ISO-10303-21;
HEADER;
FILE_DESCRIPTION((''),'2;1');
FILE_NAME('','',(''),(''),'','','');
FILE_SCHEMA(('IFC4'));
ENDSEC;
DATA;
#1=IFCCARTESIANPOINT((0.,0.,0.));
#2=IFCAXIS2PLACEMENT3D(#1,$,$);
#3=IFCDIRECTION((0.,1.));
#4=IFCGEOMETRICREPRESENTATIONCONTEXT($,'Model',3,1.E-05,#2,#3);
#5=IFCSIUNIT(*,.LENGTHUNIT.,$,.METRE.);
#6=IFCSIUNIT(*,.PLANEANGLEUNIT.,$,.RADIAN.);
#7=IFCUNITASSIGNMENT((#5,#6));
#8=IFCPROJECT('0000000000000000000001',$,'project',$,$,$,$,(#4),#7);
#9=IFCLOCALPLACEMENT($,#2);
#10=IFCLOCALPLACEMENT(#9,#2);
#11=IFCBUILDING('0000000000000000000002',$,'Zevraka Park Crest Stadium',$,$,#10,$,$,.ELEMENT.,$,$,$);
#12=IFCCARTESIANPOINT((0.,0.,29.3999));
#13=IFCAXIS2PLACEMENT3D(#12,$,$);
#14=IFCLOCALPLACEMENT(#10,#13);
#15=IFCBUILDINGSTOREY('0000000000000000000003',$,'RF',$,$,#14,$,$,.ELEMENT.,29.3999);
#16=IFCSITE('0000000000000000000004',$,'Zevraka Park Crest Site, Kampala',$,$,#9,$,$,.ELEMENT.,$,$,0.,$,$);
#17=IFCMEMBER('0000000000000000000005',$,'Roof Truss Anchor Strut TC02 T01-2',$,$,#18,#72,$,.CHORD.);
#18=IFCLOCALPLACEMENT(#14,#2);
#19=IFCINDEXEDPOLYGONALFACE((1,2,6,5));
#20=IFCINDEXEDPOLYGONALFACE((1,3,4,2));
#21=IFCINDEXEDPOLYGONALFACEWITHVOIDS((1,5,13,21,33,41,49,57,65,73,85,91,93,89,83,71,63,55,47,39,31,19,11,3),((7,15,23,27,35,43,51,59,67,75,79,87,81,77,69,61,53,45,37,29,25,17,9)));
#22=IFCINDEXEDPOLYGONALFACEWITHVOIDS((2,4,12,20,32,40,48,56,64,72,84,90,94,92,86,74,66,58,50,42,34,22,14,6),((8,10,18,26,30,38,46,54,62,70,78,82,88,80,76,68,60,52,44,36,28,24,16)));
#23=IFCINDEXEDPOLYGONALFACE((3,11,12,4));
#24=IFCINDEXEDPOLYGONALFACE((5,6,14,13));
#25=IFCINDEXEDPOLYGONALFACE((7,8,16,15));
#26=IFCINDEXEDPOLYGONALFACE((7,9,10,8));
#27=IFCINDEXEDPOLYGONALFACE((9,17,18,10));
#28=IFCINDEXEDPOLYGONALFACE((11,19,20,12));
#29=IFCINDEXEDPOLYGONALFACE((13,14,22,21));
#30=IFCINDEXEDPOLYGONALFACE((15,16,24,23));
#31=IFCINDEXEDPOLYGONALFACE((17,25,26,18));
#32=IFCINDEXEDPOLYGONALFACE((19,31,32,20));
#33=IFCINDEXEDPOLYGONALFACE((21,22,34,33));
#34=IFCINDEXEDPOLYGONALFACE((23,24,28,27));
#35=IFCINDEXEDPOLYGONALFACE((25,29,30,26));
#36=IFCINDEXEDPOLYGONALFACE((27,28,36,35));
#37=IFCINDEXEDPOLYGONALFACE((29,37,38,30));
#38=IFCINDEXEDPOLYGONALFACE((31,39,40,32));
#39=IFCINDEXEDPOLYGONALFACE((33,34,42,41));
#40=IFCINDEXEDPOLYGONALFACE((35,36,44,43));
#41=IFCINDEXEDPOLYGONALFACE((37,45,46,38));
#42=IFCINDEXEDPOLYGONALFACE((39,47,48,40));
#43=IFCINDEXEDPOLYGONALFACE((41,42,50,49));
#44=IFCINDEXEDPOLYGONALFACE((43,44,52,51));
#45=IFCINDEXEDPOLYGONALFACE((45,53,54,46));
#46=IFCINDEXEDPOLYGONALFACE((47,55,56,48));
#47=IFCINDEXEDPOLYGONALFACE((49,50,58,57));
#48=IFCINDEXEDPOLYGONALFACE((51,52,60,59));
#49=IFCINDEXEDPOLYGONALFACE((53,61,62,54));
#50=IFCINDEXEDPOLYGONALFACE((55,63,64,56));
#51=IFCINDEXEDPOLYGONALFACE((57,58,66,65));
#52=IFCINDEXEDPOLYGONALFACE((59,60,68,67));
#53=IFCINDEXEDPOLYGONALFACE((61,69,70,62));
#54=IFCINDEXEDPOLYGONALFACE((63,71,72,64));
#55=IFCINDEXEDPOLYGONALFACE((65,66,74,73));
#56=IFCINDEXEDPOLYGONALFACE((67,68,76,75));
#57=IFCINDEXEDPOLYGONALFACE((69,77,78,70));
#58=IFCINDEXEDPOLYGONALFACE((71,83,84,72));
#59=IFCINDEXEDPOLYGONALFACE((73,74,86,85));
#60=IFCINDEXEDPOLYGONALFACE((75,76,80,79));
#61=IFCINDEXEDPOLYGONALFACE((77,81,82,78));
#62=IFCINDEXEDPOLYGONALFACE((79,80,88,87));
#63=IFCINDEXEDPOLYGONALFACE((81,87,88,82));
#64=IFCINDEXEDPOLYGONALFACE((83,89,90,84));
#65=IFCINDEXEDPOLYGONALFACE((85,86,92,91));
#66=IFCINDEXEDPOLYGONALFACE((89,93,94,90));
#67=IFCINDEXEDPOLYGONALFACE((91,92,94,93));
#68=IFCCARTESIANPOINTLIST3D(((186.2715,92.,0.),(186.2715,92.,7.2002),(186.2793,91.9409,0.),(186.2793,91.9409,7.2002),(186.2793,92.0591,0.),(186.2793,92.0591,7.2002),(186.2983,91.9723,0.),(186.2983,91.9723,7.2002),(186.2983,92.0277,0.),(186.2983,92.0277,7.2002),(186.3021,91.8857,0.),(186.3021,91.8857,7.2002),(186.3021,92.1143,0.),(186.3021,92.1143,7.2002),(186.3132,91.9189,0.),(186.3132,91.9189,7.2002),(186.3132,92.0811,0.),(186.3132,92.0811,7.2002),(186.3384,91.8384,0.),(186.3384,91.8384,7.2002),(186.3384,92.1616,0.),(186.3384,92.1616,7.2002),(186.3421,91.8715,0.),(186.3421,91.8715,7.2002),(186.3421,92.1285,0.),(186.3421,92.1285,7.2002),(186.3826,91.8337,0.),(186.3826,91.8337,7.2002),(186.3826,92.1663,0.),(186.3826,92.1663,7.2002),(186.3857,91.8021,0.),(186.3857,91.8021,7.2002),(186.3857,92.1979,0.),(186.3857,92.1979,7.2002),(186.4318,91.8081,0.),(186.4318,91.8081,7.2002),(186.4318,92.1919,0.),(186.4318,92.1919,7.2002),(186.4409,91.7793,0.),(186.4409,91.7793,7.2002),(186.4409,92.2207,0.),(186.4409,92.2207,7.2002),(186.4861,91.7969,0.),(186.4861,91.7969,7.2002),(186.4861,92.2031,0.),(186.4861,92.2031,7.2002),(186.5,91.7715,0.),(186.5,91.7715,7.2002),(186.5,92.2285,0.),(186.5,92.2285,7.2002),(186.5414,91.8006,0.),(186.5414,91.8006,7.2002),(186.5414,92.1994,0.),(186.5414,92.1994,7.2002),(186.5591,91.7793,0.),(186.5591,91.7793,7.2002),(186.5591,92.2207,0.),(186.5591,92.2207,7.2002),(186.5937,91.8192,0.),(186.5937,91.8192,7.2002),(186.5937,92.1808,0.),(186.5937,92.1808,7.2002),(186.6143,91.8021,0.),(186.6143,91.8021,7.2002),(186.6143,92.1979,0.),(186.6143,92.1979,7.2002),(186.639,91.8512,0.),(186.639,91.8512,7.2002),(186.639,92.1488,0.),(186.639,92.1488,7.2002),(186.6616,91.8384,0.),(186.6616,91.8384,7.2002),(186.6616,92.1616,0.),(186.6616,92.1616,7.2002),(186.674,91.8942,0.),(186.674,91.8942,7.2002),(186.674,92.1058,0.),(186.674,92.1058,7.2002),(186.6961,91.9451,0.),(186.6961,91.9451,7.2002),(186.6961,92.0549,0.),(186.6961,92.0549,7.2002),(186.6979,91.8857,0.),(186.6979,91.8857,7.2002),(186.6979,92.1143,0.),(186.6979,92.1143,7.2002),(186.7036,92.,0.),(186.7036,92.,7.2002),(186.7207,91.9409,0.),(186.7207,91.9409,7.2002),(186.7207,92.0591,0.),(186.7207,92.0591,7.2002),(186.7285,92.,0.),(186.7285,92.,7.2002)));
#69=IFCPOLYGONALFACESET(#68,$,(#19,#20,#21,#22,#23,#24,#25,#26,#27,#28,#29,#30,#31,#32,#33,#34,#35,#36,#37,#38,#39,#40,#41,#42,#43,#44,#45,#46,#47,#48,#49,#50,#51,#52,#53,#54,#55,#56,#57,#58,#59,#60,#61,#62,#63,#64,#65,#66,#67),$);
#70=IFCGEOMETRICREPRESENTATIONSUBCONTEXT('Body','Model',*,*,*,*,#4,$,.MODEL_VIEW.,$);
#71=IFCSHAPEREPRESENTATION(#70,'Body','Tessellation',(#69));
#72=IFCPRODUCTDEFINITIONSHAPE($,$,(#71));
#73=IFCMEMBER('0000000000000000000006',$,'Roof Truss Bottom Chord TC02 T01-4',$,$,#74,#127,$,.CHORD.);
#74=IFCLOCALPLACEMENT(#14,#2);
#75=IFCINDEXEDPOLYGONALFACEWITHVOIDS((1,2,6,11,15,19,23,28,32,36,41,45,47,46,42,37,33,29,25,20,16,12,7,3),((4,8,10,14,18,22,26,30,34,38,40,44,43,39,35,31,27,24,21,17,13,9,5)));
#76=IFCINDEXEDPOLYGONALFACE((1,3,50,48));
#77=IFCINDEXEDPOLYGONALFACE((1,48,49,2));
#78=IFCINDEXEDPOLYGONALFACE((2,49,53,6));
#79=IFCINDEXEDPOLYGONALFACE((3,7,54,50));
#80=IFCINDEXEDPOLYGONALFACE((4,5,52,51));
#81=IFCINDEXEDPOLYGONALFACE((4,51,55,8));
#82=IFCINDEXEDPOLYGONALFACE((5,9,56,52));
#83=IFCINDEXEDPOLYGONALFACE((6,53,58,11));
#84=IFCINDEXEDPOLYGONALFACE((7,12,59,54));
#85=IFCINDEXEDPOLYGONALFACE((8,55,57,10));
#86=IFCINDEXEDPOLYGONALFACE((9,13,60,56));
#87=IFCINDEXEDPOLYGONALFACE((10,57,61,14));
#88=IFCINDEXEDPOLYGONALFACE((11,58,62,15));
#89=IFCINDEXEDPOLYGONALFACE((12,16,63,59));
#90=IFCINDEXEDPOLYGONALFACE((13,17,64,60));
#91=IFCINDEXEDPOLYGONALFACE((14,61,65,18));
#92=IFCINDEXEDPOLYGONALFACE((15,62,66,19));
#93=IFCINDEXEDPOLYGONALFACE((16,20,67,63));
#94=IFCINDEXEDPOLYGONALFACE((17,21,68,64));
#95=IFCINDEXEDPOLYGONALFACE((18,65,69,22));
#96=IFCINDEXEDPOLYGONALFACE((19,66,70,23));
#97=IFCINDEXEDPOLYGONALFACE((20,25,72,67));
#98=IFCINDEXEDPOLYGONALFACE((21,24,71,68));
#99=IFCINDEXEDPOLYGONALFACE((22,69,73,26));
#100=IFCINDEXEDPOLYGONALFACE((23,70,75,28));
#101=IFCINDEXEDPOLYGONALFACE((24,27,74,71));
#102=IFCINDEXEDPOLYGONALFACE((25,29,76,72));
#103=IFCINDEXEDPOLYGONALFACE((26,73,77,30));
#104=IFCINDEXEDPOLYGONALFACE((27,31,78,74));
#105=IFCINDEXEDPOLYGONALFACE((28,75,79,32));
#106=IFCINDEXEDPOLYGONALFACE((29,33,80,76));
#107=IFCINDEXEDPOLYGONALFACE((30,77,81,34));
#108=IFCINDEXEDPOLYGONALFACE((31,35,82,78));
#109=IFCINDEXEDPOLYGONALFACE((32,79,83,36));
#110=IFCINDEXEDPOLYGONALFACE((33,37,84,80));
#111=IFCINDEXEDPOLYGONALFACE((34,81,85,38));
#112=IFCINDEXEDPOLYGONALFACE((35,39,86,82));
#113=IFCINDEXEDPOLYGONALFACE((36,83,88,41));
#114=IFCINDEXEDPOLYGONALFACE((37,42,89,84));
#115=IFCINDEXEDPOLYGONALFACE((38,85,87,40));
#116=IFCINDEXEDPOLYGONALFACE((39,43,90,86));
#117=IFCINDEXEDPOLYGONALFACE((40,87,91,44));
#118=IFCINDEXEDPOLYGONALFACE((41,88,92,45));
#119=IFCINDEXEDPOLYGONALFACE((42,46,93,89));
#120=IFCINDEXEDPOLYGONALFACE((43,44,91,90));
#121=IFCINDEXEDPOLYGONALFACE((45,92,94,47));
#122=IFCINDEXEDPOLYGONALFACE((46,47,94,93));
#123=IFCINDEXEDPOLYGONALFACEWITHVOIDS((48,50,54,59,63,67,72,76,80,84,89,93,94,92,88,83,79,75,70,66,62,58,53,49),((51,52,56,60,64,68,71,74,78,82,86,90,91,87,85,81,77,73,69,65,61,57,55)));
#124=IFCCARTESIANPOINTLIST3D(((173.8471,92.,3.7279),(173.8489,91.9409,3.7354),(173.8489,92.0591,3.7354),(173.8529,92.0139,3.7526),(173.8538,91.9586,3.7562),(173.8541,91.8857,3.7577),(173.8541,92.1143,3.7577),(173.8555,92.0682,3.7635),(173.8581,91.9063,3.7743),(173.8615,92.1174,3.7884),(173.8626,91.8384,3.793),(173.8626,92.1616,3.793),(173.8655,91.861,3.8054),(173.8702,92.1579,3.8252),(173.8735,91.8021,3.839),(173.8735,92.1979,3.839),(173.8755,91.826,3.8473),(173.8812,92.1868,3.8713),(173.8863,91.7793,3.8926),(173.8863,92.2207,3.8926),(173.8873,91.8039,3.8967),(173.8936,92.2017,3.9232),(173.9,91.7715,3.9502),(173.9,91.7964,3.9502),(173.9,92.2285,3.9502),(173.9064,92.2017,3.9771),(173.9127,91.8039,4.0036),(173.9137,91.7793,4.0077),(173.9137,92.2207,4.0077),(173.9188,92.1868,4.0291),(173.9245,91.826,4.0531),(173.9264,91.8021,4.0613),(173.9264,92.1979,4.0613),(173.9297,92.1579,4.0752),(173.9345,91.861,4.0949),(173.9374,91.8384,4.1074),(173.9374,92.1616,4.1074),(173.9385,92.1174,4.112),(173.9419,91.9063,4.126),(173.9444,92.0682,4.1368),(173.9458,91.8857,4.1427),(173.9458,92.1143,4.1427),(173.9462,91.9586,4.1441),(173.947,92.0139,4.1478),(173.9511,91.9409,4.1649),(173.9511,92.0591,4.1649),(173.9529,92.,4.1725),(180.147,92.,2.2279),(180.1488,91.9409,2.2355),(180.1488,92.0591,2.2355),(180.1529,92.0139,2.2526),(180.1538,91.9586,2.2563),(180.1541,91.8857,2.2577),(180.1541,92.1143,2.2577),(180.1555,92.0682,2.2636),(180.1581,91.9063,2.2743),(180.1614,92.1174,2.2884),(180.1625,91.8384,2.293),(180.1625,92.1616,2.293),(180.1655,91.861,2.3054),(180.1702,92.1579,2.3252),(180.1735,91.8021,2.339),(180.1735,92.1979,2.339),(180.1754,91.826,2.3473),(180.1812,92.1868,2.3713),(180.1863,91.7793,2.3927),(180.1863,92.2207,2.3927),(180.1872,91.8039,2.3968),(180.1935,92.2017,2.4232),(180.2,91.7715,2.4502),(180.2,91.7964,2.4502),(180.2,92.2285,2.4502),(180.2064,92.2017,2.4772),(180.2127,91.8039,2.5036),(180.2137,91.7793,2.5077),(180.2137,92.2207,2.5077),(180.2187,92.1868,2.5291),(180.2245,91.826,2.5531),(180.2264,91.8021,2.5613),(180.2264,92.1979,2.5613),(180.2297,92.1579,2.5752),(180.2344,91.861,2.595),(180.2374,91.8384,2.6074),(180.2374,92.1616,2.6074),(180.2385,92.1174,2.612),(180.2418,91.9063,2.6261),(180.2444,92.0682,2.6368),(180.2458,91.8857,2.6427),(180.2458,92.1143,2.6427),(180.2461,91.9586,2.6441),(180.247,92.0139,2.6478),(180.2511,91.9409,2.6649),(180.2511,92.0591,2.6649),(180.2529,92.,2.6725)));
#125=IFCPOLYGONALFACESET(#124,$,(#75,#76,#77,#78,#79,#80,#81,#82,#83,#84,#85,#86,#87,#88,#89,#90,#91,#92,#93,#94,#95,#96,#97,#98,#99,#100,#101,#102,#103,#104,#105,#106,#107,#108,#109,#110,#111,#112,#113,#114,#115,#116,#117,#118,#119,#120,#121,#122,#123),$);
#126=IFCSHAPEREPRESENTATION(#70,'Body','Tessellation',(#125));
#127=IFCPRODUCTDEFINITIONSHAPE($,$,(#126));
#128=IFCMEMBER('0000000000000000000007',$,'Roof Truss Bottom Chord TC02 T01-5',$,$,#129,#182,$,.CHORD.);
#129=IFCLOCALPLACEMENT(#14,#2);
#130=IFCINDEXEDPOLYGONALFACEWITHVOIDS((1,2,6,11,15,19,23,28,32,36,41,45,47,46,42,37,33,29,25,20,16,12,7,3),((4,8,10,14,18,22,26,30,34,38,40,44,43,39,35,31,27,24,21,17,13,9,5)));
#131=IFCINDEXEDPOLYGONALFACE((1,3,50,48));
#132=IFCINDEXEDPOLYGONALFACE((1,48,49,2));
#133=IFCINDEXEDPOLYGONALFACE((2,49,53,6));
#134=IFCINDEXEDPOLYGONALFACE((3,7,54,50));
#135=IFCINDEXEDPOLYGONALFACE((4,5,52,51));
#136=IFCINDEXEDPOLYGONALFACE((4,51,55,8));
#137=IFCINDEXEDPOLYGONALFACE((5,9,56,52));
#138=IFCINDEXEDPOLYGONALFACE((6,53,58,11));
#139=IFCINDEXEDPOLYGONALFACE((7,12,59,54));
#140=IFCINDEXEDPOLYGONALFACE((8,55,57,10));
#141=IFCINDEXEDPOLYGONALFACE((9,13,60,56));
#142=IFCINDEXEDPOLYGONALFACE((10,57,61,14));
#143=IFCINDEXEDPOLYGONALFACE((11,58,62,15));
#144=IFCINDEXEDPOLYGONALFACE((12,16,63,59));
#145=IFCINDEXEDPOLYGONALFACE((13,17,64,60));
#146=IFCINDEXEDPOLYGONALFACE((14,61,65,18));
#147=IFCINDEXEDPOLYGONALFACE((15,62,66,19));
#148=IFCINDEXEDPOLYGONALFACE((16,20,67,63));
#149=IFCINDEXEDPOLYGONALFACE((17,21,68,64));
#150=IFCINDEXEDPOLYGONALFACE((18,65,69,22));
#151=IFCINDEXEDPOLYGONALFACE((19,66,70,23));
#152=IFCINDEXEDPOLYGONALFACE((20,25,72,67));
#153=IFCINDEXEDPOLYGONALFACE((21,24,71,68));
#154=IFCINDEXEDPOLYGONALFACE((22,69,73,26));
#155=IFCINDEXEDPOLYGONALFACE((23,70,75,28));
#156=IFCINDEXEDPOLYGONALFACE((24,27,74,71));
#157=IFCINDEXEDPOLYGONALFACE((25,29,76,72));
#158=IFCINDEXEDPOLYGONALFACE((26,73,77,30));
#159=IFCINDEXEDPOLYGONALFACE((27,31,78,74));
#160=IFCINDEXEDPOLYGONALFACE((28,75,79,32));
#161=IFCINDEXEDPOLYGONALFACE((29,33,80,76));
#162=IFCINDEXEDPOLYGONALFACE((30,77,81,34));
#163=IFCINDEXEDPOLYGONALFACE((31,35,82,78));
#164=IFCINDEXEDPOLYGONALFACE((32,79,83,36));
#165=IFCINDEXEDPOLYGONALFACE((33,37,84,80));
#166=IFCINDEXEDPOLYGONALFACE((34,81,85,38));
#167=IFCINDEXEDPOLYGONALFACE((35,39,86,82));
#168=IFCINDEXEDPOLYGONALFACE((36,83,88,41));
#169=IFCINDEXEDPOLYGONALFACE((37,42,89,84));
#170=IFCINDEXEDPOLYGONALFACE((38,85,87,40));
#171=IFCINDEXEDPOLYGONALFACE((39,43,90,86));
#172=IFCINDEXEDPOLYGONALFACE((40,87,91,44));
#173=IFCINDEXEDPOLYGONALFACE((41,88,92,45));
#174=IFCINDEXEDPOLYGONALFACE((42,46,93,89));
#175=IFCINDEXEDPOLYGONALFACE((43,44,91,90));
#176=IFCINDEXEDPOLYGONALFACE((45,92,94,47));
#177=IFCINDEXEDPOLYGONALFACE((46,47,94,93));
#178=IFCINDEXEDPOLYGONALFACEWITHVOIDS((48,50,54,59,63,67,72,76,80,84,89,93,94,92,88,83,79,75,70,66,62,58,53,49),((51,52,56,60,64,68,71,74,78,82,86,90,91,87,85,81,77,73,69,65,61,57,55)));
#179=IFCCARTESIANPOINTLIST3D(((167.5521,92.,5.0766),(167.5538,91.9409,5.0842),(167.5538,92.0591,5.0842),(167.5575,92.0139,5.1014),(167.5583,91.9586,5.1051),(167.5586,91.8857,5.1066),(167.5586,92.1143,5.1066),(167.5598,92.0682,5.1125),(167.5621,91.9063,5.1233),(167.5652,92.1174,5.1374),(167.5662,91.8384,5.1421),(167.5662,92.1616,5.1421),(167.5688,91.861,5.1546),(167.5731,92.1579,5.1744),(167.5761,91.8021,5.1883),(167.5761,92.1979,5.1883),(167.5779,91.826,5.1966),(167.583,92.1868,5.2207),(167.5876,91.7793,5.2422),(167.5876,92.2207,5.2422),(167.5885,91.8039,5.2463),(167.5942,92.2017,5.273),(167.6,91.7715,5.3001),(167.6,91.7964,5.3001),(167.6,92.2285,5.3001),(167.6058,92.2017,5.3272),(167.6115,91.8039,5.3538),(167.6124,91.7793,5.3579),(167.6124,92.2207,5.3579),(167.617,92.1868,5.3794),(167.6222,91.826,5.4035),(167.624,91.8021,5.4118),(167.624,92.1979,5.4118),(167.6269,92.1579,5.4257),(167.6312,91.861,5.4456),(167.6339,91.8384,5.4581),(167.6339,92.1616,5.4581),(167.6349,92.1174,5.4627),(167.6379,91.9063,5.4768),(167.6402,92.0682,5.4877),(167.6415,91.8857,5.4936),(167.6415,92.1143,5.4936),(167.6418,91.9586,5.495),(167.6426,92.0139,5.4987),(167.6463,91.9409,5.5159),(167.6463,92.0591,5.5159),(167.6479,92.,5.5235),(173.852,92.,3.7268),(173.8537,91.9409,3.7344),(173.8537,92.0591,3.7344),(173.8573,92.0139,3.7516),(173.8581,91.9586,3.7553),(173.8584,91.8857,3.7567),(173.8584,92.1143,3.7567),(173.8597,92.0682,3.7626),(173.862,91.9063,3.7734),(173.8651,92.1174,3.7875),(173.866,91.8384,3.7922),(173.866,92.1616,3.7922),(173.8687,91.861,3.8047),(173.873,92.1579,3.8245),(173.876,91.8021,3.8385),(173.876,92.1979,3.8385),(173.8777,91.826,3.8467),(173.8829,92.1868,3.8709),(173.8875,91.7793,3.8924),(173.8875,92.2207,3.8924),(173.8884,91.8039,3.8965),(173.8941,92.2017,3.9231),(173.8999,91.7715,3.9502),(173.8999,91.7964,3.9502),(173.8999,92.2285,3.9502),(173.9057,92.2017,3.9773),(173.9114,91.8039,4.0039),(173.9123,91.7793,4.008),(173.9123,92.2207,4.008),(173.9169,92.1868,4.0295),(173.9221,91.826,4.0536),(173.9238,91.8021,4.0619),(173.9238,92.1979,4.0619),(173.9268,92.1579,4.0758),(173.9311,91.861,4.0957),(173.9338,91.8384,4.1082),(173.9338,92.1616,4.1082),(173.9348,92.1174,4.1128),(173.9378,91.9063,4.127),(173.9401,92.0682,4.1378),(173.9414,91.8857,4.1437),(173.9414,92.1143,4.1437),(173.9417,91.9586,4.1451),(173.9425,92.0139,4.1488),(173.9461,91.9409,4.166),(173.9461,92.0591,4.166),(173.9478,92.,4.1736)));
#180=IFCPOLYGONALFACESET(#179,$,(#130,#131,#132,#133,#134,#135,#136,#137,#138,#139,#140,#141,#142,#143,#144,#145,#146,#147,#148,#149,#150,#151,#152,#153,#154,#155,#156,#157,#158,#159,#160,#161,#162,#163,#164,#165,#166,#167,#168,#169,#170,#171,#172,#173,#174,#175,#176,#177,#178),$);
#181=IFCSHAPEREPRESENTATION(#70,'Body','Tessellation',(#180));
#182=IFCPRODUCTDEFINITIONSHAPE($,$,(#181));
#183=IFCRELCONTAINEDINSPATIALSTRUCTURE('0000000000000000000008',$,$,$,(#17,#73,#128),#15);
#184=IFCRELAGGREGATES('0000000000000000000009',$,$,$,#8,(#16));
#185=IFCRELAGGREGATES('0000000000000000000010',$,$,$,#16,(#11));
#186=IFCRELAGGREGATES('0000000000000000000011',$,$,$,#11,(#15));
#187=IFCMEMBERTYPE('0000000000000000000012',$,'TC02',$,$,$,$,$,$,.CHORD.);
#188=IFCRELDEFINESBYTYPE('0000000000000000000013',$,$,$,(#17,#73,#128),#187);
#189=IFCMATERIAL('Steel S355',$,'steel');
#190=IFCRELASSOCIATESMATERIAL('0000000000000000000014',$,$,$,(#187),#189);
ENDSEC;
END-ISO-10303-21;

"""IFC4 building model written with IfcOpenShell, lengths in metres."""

from ifc_helpers import new_model, si_unit, direction, frame, origin, origin_2d, place, context, subcontext, project, spatial, hollow_circle, extrude, material, material_profile, profile_set, type_object, element, save


model = new_model("IFC4")

# Units and contexts
model_context = context("Model", 3, precision=1e-05, world=origin(), true_north=direction((0.0, 1.0)))
body_context = subcontext(model_context, "Body", "Model", "MODEL_VIEW")
ifc_project = project(units=[si_unit("LENGTHUNIT", "METRE"), si_unit("PLANEANGLEUNIT", "RADIAN")], contexts=[model_context])

# Site, building, storey
site_placement = place(None, origin())
site = spatial("IfcSite", under=ifc_project, at=site_placement, Name="Zevraka Park Crest Site, Kampala", CompositionType="ELEMENT", RefElevation=0.0)
building_placement = place(site_placement, origin())
building = spatial("IfcBuilding", under=site, at=building_placement, Name="Zevraka Park Crest Stadium", CompositionType="ELEMENT")
storey_placement = place(building_placement, frame((0.0, 0.0, 29.3999)))
storey = spatial("IfcBuildingStorey", under=building, at=storey_placement, Name="RF", CompositionType="ELEMENT", Elevation=29.3999)

# Members
ifc_material_1 = material(Name="Steel S355", Category="steel")
ifc_material_profile_1 = material_profile(ifc_material_1, hollow_circle(Radius=0.2285, WallThickness=0.0249, at=origin_2d()), Name="CHS 457.0x25")
ifc_profile_set_1 = profile_set([ifc_material_profile_1], Name="Steel S355")
member_type_1 = type_object("IfcMemberType", Name="TC02", PredefinedType="CHORD", material=ifc_profile_set_1)
member_1_placement = place(storey_placement, frame((186.5, 92.0, 0.0), z_axis=(0.0, 0.0, 1.0), x_axis=(1.0, 0.0, 0.0)))
element("IfcMember", 1, at=member_1_placement, inside=storey, type_object=member_type_1, Name="Roof Truss Anchor Strut TC02 T01-2", PredefinedType="CHORD", context=body_context, shape_type="SweptSolid", body=[
    extrude(hollow_circle(Radius=0.2285, WallThickness=0.0249, at=origin_2d()), origin(), (0.0, 0.0, 1.0), 7.2002),
])
member_2_placement = place(storey_placement, frame((180.2, 92.0, 2.4502), z_axis=(-0.972807, 0.0, 0.231619), x_axis=(0.0, -1.0, 0.0)))
element("IfcMember", 2, at=member_2_placement, inside=storey, type_object=member_type_1, Name="Roof Truss Bottom Chord TC02 T01-4", PredefinedType="CHORD", context=body_context, shape_type="SweptSolid", body=[
    extrude(hollow_circle(Radius=0.2285, WallThickness=0.0249, at=origin_2d()), origin(), (0.0, 0.0, 1.0), 6.4761),
])
member_3_placement = place(storey_placement, frame((173.8999, 92.0, 3.9502), z_axis=(-0.977806, 0.0, 0.209514), x_axis=(0.0, -1.0, 0.0)))
element("IfcMember", 3, at=member_3_placement, inside=storey, type_object=member_type_1, Name="Roof Truss Bottom Chord TC02 T01-5", PredefinedType="CHORD", context=body_context, shape_type="SweptSolid", body=[
    extrude(hollow_circle(Radius=0.2285, WallThickness=0.0249, at=origin_2d()), origin(), (0.0, 0.0, 1.0), 6.4429),
])

save(model, "model.ifc")
